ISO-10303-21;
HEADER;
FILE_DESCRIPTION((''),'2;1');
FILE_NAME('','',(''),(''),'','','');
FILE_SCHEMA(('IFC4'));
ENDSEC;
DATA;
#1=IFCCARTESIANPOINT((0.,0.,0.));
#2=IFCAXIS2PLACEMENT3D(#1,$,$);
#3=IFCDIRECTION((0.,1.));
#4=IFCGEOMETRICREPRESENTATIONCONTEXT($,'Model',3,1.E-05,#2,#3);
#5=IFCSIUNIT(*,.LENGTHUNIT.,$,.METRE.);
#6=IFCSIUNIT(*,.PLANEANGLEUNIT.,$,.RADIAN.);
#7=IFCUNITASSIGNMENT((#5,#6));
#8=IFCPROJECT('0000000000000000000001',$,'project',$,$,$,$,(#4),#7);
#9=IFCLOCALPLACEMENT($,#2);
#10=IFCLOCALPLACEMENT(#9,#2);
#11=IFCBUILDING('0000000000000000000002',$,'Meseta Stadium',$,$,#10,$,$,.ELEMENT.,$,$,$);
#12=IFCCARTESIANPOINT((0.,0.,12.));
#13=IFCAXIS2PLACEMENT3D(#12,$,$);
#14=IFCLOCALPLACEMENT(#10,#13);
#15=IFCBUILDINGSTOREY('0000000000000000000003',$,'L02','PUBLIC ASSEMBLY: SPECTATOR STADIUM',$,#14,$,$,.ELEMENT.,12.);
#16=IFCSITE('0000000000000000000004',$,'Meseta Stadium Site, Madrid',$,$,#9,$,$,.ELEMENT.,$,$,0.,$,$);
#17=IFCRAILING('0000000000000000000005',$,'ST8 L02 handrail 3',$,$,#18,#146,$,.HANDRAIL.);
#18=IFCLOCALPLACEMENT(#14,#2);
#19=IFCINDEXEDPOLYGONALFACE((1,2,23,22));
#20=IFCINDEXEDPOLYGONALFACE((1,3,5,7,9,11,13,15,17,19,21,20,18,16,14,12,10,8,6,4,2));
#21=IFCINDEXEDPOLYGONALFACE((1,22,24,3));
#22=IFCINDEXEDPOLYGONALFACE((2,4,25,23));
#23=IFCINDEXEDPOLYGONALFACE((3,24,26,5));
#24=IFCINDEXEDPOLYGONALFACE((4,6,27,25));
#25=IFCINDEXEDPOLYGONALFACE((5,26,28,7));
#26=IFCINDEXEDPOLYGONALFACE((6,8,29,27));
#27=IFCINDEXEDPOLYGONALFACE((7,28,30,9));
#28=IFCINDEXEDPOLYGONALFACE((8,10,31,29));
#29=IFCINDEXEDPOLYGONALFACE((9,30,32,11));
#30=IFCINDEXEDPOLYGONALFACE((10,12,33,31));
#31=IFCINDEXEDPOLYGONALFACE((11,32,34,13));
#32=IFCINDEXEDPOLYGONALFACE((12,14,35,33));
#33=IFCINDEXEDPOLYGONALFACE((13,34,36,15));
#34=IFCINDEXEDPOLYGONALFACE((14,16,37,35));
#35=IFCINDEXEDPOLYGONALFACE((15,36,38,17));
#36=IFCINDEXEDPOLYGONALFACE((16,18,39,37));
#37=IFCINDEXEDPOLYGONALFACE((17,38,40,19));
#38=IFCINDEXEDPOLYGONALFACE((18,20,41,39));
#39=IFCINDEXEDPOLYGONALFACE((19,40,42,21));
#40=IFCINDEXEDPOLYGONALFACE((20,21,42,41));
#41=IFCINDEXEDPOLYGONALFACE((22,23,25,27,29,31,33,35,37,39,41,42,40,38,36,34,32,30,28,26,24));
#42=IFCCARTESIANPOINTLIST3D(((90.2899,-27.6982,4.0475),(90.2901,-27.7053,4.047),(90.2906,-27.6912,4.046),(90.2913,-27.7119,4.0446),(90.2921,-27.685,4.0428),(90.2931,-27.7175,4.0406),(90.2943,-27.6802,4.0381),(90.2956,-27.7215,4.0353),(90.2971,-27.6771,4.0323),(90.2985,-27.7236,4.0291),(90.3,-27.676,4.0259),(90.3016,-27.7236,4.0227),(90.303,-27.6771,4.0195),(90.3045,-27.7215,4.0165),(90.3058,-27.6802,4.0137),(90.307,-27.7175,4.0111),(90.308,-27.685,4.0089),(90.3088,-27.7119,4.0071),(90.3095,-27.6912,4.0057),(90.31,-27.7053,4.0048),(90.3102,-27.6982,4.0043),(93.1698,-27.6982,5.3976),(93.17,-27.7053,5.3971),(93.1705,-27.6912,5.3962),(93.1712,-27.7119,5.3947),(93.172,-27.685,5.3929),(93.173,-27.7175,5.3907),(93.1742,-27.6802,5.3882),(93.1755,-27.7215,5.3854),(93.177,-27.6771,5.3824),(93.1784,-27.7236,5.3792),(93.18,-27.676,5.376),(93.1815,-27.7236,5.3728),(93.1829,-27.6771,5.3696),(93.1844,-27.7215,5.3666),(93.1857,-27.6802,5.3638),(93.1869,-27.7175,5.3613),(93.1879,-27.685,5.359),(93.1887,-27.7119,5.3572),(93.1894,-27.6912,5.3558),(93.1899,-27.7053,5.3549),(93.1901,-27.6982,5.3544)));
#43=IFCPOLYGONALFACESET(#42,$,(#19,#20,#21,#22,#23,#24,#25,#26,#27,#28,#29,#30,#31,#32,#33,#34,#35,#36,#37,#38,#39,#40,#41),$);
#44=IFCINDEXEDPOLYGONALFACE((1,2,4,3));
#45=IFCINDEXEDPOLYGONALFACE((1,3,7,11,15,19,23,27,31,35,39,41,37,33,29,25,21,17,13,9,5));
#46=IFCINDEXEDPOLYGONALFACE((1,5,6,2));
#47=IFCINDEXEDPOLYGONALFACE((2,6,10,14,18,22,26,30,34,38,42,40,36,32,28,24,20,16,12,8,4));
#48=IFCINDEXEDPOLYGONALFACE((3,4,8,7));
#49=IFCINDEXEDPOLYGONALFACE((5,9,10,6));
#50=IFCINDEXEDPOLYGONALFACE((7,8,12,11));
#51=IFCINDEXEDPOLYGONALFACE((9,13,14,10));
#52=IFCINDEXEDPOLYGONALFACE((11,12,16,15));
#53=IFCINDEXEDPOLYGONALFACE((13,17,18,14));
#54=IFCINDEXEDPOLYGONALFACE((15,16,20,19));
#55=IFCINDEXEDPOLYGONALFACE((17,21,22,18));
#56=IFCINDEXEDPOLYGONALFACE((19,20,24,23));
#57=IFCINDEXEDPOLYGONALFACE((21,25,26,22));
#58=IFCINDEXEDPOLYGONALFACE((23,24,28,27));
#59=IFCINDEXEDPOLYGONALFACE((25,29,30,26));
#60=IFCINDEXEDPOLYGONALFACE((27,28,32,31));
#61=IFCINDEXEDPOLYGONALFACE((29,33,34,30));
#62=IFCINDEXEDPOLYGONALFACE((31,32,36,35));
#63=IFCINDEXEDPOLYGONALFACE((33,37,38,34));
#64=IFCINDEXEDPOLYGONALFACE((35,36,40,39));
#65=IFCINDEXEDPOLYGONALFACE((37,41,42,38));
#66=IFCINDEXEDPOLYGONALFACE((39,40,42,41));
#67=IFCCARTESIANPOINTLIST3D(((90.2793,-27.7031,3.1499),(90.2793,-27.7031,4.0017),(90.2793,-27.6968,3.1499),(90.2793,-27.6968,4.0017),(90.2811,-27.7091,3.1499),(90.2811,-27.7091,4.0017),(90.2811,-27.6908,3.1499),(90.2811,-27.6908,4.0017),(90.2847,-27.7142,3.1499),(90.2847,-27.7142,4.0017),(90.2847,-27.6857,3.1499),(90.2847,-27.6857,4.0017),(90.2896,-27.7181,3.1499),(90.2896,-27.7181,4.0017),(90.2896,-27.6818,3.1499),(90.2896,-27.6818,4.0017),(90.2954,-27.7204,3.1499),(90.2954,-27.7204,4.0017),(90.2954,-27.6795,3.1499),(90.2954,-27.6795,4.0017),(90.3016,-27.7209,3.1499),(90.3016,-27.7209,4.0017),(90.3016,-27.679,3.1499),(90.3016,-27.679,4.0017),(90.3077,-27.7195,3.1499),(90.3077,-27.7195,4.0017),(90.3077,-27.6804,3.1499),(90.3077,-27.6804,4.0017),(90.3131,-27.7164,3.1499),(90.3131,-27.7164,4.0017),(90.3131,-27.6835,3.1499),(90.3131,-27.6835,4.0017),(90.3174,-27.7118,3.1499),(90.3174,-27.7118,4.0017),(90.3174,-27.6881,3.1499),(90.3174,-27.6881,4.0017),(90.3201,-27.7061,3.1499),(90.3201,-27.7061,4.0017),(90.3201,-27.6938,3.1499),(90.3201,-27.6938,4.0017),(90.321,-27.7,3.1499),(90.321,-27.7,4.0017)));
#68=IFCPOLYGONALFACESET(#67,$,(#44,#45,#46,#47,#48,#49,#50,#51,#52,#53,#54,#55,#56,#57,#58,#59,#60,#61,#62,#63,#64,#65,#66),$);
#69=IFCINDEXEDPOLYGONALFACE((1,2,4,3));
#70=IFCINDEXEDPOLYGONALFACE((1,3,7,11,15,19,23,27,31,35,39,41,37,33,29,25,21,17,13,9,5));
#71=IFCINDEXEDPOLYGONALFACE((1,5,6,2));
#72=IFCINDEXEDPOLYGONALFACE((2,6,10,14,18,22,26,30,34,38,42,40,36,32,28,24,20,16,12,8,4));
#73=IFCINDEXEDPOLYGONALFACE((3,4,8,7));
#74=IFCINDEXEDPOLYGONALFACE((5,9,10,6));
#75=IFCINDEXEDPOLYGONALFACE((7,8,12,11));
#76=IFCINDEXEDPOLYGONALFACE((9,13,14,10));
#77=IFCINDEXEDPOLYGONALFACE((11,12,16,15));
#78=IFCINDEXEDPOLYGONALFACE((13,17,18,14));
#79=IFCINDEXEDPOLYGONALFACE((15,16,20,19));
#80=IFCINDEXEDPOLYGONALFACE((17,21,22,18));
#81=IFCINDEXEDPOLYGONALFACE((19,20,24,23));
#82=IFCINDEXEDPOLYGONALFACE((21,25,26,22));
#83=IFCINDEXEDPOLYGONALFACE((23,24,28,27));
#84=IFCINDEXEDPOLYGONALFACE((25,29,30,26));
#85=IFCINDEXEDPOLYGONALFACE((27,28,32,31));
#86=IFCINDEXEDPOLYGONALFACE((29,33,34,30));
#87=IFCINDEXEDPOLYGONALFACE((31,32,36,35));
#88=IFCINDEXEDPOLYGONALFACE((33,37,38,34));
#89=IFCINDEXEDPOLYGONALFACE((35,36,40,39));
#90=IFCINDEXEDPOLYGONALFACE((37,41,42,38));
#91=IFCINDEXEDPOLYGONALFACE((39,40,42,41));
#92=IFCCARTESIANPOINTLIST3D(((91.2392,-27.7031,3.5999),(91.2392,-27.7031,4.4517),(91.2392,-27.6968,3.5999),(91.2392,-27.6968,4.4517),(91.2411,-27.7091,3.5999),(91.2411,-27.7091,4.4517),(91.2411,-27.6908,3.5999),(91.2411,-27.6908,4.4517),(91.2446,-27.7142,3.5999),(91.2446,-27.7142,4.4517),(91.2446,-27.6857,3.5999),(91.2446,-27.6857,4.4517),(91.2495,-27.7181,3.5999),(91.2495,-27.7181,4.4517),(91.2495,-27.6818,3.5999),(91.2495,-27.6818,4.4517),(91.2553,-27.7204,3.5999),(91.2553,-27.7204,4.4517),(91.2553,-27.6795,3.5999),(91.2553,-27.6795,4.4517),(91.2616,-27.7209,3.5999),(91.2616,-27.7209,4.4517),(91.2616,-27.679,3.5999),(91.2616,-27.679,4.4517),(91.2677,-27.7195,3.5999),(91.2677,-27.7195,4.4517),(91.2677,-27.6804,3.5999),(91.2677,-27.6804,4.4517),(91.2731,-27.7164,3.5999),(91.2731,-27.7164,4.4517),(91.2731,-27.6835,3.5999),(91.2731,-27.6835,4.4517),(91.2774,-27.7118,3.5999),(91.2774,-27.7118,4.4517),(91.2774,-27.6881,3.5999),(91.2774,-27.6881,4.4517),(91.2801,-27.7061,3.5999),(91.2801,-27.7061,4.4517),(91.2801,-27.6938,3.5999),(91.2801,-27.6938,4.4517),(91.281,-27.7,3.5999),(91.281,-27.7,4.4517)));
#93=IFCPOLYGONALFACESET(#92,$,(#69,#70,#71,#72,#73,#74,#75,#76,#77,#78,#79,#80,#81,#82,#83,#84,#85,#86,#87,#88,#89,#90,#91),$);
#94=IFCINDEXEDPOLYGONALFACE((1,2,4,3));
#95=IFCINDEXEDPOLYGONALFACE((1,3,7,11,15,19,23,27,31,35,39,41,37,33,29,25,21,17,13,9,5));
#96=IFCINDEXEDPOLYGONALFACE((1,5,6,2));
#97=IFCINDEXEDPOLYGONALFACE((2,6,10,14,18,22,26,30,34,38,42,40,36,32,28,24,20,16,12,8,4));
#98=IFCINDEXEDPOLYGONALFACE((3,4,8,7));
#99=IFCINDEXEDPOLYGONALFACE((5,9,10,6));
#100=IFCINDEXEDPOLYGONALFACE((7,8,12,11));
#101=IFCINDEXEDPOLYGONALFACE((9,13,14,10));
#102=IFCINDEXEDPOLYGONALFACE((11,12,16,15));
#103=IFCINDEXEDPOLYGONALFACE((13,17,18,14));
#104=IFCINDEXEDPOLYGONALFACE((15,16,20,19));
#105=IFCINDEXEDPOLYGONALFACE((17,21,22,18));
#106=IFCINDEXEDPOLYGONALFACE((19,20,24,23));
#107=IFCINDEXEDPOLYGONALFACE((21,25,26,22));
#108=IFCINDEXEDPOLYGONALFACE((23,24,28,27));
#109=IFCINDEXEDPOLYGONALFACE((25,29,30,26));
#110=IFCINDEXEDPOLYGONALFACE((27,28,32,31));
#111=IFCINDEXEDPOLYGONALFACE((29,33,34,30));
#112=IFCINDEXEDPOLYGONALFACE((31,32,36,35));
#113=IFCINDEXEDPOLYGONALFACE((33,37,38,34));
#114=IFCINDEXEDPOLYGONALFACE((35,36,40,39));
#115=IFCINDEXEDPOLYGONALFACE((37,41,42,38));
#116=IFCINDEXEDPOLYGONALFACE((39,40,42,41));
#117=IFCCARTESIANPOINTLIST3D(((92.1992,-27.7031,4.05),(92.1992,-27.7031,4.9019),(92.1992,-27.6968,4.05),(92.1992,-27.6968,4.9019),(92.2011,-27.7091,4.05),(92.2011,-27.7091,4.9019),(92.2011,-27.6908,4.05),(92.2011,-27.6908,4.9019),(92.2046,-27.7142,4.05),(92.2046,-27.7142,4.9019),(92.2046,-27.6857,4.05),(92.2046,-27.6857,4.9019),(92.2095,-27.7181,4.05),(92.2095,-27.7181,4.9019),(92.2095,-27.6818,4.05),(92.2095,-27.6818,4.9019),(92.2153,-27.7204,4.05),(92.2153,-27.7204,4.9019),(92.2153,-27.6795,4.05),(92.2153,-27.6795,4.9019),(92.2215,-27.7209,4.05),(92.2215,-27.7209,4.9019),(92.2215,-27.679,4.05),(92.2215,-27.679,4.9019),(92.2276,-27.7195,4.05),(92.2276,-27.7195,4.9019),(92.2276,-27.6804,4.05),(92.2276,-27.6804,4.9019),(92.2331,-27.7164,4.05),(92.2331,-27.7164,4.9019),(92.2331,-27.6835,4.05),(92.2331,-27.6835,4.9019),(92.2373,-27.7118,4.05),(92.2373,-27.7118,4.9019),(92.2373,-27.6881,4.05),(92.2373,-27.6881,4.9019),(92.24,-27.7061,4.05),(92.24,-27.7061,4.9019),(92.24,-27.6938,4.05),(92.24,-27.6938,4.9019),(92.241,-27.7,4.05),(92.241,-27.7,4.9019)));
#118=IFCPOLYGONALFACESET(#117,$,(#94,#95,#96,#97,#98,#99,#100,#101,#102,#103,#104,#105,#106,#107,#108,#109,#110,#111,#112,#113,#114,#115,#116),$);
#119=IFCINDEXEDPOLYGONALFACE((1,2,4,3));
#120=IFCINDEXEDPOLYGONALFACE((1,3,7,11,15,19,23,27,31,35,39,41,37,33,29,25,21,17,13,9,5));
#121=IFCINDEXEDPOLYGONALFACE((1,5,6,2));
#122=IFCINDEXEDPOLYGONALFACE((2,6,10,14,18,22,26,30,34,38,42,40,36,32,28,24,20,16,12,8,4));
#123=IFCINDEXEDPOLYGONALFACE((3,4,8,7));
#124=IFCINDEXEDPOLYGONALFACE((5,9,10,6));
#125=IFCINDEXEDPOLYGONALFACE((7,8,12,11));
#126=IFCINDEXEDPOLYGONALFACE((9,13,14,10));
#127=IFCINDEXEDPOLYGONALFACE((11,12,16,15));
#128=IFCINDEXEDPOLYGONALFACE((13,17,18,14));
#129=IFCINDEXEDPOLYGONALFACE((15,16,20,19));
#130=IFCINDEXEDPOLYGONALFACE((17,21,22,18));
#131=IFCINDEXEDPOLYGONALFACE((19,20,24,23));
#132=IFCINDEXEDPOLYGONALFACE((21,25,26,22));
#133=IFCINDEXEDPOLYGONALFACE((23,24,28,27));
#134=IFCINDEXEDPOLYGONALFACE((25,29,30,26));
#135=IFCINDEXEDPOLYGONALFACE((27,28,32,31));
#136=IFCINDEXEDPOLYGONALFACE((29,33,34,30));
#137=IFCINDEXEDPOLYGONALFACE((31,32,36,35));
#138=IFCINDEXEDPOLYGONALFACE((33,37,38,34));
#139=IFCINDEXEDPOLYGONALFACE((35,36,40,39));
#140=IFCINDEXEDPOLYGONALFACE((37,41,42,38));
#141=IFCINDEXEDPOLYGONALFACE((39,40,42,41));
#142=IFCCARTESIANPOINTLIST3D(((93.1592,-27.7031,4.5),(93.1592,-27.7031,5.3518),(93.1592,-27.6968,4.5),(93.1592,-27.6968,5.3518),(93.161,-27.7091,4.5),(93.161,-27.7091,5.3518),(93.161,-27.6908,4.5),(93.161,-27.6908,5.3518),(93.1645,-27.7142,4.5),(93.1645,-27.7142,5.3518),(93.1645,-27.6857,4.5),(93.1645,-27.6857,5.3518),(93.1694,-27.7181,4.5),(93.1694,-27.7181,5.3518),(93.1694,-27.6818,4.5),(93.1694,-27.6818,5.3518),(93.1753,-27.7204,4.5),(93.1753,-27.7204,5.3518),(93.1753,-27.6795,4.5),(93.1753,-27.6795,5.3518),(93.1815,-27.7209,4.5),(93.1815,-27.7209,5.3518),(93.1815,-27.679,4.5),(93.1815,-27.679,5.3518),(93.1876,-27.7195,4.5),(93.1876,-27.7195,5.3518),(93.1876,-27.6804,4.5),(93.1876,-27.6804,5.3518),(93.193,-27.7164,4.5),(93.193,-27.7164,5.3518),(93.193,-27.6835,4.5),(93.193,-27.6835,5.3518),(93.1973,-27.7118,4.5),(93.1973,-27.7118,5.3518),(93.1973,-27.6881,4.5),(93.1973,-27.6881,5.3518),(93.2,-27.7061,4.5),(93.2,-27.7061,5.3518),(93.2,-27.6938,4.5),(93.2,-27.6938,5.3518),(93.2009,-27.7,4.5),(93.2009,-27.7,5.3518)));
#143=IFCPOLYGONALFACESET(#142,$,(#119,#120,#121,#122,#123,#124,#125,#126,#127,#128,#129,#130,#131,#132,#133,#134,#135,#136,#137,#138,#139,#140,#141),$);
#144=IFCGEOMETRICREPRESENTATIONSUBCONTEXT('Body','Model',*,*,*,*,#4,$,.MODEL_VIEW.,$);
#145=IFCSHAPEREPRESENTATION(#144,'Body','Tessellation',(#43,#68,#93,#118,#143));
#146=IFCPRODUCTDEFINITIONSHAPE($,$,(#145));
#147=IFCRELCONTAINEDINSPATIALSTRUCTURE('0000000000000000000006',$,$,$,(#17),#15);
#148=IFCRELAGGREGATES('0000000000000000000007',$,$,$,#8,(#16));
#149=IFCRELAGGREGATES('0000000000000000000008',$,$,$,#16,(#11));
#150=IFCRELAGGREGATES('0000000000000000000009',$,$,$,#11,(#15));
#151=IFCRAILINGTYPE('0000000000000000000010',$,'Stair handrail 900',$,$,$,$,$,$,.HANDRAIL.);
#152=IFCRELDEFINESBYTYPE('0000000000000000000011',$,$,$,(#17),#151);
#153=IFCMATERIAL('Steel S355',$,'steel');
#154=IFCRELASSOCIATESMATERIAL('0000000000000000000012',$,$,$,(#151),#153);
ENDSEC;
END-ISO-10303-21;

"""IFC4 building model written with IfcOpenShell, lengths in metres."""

from ifc_helpers import new_model, si_unit, direction, frame, origin, origin_2d, place, context, subcontext, project, spatial, circle, extrude, material, type_object, element, save


model = new_model("IFC4")

# Units and contexts
model_context = context("Model", 3, precision=1e-05, world=origin(), true_north=direction((0.0, 1.0)))
body_context = subcontext(model_context, "Body", "Model", "MODEL_VIEW")
ifc_project = project(units=[si_unit("LENGTHUNIT", "METRE"), si_unit("PLANEANGLEUNIT", "RADIAN")], contexts=[model_context])

# Site, building, storey
site_placement = place(None, origin())
site = spatial("IfcSite", under=ifc_project, at=site_placement, Name="Meseta Stadium Site, Madrid", CompositionType="ELEMENT", RefElevation=0.0)
building_placement = place(site_placement, origin())
building = spatial("IfcBuilding", under=site, at=building_placement, Name="Meseta Stadium", CompositionType="ELEMENT")
storey_placement = place(building_placement, frame((0.0, 0.0, 12.0)))
storey = spatial("IfcBuildingStorey", under=building, at=storey_placement, Name="L02", Description="PUBLIC ASSEMBLY: SPECTATOR STADIUM", CompositionType="ELEMENT", Elevation=12.0)

# Railing
ifc_material_1 = material(Name="Steel S355", Category="steel")
railing_type_1 = type_object("IfcRailingType", Name="Stair handrail 900", PredefinedType="HANDRAIL", material=ifc_material_1)
railing_1_placement = place(storey_placement, frame((90.3, -27.7, 3.1499)))
element("IfcRailing", 1, at=railing_1_placement, inside=storey, type_object=railing_type_1, Name="ST8 L02 handrail 3", PredefinedType="HANDRAIL", context=body_context, shape_type="SweptSolid", body=[
    extrude(circle(Radius=0.0239, at=origin_2d()), frame((0.0, 0.0, 0.876), z_axis=(0.90544, 0.0, 0.424473), x_axis=(0.0, 1.0, 0.0)), (0.0, 0.0, 1.0), 3.1807),
    extrude(circle(Radius=0.021, at=origin_2d()), origin(), (0.0, 0.0, 1.0), 0.8518),
    extrude(circle(Radius=0.021, at=origin_2d()), frame((0.96, 0.0, 0.45)), (0.0, 0.0, 1.0), 0.8518),
    extrude(circle(Radius=0.021, at=origin_2d()), frame((1.9199, 0.0, 0.9001)), (0.0, 0.0, 1.0), 0.8518),
    extrude(circle(Radius=0.021, at=origin_2d()), frame((2.8799, 0.0, 1.3501)), (0.0, 0.0, 1.0), 0.8518),
])

save(model, "model.ifc")
